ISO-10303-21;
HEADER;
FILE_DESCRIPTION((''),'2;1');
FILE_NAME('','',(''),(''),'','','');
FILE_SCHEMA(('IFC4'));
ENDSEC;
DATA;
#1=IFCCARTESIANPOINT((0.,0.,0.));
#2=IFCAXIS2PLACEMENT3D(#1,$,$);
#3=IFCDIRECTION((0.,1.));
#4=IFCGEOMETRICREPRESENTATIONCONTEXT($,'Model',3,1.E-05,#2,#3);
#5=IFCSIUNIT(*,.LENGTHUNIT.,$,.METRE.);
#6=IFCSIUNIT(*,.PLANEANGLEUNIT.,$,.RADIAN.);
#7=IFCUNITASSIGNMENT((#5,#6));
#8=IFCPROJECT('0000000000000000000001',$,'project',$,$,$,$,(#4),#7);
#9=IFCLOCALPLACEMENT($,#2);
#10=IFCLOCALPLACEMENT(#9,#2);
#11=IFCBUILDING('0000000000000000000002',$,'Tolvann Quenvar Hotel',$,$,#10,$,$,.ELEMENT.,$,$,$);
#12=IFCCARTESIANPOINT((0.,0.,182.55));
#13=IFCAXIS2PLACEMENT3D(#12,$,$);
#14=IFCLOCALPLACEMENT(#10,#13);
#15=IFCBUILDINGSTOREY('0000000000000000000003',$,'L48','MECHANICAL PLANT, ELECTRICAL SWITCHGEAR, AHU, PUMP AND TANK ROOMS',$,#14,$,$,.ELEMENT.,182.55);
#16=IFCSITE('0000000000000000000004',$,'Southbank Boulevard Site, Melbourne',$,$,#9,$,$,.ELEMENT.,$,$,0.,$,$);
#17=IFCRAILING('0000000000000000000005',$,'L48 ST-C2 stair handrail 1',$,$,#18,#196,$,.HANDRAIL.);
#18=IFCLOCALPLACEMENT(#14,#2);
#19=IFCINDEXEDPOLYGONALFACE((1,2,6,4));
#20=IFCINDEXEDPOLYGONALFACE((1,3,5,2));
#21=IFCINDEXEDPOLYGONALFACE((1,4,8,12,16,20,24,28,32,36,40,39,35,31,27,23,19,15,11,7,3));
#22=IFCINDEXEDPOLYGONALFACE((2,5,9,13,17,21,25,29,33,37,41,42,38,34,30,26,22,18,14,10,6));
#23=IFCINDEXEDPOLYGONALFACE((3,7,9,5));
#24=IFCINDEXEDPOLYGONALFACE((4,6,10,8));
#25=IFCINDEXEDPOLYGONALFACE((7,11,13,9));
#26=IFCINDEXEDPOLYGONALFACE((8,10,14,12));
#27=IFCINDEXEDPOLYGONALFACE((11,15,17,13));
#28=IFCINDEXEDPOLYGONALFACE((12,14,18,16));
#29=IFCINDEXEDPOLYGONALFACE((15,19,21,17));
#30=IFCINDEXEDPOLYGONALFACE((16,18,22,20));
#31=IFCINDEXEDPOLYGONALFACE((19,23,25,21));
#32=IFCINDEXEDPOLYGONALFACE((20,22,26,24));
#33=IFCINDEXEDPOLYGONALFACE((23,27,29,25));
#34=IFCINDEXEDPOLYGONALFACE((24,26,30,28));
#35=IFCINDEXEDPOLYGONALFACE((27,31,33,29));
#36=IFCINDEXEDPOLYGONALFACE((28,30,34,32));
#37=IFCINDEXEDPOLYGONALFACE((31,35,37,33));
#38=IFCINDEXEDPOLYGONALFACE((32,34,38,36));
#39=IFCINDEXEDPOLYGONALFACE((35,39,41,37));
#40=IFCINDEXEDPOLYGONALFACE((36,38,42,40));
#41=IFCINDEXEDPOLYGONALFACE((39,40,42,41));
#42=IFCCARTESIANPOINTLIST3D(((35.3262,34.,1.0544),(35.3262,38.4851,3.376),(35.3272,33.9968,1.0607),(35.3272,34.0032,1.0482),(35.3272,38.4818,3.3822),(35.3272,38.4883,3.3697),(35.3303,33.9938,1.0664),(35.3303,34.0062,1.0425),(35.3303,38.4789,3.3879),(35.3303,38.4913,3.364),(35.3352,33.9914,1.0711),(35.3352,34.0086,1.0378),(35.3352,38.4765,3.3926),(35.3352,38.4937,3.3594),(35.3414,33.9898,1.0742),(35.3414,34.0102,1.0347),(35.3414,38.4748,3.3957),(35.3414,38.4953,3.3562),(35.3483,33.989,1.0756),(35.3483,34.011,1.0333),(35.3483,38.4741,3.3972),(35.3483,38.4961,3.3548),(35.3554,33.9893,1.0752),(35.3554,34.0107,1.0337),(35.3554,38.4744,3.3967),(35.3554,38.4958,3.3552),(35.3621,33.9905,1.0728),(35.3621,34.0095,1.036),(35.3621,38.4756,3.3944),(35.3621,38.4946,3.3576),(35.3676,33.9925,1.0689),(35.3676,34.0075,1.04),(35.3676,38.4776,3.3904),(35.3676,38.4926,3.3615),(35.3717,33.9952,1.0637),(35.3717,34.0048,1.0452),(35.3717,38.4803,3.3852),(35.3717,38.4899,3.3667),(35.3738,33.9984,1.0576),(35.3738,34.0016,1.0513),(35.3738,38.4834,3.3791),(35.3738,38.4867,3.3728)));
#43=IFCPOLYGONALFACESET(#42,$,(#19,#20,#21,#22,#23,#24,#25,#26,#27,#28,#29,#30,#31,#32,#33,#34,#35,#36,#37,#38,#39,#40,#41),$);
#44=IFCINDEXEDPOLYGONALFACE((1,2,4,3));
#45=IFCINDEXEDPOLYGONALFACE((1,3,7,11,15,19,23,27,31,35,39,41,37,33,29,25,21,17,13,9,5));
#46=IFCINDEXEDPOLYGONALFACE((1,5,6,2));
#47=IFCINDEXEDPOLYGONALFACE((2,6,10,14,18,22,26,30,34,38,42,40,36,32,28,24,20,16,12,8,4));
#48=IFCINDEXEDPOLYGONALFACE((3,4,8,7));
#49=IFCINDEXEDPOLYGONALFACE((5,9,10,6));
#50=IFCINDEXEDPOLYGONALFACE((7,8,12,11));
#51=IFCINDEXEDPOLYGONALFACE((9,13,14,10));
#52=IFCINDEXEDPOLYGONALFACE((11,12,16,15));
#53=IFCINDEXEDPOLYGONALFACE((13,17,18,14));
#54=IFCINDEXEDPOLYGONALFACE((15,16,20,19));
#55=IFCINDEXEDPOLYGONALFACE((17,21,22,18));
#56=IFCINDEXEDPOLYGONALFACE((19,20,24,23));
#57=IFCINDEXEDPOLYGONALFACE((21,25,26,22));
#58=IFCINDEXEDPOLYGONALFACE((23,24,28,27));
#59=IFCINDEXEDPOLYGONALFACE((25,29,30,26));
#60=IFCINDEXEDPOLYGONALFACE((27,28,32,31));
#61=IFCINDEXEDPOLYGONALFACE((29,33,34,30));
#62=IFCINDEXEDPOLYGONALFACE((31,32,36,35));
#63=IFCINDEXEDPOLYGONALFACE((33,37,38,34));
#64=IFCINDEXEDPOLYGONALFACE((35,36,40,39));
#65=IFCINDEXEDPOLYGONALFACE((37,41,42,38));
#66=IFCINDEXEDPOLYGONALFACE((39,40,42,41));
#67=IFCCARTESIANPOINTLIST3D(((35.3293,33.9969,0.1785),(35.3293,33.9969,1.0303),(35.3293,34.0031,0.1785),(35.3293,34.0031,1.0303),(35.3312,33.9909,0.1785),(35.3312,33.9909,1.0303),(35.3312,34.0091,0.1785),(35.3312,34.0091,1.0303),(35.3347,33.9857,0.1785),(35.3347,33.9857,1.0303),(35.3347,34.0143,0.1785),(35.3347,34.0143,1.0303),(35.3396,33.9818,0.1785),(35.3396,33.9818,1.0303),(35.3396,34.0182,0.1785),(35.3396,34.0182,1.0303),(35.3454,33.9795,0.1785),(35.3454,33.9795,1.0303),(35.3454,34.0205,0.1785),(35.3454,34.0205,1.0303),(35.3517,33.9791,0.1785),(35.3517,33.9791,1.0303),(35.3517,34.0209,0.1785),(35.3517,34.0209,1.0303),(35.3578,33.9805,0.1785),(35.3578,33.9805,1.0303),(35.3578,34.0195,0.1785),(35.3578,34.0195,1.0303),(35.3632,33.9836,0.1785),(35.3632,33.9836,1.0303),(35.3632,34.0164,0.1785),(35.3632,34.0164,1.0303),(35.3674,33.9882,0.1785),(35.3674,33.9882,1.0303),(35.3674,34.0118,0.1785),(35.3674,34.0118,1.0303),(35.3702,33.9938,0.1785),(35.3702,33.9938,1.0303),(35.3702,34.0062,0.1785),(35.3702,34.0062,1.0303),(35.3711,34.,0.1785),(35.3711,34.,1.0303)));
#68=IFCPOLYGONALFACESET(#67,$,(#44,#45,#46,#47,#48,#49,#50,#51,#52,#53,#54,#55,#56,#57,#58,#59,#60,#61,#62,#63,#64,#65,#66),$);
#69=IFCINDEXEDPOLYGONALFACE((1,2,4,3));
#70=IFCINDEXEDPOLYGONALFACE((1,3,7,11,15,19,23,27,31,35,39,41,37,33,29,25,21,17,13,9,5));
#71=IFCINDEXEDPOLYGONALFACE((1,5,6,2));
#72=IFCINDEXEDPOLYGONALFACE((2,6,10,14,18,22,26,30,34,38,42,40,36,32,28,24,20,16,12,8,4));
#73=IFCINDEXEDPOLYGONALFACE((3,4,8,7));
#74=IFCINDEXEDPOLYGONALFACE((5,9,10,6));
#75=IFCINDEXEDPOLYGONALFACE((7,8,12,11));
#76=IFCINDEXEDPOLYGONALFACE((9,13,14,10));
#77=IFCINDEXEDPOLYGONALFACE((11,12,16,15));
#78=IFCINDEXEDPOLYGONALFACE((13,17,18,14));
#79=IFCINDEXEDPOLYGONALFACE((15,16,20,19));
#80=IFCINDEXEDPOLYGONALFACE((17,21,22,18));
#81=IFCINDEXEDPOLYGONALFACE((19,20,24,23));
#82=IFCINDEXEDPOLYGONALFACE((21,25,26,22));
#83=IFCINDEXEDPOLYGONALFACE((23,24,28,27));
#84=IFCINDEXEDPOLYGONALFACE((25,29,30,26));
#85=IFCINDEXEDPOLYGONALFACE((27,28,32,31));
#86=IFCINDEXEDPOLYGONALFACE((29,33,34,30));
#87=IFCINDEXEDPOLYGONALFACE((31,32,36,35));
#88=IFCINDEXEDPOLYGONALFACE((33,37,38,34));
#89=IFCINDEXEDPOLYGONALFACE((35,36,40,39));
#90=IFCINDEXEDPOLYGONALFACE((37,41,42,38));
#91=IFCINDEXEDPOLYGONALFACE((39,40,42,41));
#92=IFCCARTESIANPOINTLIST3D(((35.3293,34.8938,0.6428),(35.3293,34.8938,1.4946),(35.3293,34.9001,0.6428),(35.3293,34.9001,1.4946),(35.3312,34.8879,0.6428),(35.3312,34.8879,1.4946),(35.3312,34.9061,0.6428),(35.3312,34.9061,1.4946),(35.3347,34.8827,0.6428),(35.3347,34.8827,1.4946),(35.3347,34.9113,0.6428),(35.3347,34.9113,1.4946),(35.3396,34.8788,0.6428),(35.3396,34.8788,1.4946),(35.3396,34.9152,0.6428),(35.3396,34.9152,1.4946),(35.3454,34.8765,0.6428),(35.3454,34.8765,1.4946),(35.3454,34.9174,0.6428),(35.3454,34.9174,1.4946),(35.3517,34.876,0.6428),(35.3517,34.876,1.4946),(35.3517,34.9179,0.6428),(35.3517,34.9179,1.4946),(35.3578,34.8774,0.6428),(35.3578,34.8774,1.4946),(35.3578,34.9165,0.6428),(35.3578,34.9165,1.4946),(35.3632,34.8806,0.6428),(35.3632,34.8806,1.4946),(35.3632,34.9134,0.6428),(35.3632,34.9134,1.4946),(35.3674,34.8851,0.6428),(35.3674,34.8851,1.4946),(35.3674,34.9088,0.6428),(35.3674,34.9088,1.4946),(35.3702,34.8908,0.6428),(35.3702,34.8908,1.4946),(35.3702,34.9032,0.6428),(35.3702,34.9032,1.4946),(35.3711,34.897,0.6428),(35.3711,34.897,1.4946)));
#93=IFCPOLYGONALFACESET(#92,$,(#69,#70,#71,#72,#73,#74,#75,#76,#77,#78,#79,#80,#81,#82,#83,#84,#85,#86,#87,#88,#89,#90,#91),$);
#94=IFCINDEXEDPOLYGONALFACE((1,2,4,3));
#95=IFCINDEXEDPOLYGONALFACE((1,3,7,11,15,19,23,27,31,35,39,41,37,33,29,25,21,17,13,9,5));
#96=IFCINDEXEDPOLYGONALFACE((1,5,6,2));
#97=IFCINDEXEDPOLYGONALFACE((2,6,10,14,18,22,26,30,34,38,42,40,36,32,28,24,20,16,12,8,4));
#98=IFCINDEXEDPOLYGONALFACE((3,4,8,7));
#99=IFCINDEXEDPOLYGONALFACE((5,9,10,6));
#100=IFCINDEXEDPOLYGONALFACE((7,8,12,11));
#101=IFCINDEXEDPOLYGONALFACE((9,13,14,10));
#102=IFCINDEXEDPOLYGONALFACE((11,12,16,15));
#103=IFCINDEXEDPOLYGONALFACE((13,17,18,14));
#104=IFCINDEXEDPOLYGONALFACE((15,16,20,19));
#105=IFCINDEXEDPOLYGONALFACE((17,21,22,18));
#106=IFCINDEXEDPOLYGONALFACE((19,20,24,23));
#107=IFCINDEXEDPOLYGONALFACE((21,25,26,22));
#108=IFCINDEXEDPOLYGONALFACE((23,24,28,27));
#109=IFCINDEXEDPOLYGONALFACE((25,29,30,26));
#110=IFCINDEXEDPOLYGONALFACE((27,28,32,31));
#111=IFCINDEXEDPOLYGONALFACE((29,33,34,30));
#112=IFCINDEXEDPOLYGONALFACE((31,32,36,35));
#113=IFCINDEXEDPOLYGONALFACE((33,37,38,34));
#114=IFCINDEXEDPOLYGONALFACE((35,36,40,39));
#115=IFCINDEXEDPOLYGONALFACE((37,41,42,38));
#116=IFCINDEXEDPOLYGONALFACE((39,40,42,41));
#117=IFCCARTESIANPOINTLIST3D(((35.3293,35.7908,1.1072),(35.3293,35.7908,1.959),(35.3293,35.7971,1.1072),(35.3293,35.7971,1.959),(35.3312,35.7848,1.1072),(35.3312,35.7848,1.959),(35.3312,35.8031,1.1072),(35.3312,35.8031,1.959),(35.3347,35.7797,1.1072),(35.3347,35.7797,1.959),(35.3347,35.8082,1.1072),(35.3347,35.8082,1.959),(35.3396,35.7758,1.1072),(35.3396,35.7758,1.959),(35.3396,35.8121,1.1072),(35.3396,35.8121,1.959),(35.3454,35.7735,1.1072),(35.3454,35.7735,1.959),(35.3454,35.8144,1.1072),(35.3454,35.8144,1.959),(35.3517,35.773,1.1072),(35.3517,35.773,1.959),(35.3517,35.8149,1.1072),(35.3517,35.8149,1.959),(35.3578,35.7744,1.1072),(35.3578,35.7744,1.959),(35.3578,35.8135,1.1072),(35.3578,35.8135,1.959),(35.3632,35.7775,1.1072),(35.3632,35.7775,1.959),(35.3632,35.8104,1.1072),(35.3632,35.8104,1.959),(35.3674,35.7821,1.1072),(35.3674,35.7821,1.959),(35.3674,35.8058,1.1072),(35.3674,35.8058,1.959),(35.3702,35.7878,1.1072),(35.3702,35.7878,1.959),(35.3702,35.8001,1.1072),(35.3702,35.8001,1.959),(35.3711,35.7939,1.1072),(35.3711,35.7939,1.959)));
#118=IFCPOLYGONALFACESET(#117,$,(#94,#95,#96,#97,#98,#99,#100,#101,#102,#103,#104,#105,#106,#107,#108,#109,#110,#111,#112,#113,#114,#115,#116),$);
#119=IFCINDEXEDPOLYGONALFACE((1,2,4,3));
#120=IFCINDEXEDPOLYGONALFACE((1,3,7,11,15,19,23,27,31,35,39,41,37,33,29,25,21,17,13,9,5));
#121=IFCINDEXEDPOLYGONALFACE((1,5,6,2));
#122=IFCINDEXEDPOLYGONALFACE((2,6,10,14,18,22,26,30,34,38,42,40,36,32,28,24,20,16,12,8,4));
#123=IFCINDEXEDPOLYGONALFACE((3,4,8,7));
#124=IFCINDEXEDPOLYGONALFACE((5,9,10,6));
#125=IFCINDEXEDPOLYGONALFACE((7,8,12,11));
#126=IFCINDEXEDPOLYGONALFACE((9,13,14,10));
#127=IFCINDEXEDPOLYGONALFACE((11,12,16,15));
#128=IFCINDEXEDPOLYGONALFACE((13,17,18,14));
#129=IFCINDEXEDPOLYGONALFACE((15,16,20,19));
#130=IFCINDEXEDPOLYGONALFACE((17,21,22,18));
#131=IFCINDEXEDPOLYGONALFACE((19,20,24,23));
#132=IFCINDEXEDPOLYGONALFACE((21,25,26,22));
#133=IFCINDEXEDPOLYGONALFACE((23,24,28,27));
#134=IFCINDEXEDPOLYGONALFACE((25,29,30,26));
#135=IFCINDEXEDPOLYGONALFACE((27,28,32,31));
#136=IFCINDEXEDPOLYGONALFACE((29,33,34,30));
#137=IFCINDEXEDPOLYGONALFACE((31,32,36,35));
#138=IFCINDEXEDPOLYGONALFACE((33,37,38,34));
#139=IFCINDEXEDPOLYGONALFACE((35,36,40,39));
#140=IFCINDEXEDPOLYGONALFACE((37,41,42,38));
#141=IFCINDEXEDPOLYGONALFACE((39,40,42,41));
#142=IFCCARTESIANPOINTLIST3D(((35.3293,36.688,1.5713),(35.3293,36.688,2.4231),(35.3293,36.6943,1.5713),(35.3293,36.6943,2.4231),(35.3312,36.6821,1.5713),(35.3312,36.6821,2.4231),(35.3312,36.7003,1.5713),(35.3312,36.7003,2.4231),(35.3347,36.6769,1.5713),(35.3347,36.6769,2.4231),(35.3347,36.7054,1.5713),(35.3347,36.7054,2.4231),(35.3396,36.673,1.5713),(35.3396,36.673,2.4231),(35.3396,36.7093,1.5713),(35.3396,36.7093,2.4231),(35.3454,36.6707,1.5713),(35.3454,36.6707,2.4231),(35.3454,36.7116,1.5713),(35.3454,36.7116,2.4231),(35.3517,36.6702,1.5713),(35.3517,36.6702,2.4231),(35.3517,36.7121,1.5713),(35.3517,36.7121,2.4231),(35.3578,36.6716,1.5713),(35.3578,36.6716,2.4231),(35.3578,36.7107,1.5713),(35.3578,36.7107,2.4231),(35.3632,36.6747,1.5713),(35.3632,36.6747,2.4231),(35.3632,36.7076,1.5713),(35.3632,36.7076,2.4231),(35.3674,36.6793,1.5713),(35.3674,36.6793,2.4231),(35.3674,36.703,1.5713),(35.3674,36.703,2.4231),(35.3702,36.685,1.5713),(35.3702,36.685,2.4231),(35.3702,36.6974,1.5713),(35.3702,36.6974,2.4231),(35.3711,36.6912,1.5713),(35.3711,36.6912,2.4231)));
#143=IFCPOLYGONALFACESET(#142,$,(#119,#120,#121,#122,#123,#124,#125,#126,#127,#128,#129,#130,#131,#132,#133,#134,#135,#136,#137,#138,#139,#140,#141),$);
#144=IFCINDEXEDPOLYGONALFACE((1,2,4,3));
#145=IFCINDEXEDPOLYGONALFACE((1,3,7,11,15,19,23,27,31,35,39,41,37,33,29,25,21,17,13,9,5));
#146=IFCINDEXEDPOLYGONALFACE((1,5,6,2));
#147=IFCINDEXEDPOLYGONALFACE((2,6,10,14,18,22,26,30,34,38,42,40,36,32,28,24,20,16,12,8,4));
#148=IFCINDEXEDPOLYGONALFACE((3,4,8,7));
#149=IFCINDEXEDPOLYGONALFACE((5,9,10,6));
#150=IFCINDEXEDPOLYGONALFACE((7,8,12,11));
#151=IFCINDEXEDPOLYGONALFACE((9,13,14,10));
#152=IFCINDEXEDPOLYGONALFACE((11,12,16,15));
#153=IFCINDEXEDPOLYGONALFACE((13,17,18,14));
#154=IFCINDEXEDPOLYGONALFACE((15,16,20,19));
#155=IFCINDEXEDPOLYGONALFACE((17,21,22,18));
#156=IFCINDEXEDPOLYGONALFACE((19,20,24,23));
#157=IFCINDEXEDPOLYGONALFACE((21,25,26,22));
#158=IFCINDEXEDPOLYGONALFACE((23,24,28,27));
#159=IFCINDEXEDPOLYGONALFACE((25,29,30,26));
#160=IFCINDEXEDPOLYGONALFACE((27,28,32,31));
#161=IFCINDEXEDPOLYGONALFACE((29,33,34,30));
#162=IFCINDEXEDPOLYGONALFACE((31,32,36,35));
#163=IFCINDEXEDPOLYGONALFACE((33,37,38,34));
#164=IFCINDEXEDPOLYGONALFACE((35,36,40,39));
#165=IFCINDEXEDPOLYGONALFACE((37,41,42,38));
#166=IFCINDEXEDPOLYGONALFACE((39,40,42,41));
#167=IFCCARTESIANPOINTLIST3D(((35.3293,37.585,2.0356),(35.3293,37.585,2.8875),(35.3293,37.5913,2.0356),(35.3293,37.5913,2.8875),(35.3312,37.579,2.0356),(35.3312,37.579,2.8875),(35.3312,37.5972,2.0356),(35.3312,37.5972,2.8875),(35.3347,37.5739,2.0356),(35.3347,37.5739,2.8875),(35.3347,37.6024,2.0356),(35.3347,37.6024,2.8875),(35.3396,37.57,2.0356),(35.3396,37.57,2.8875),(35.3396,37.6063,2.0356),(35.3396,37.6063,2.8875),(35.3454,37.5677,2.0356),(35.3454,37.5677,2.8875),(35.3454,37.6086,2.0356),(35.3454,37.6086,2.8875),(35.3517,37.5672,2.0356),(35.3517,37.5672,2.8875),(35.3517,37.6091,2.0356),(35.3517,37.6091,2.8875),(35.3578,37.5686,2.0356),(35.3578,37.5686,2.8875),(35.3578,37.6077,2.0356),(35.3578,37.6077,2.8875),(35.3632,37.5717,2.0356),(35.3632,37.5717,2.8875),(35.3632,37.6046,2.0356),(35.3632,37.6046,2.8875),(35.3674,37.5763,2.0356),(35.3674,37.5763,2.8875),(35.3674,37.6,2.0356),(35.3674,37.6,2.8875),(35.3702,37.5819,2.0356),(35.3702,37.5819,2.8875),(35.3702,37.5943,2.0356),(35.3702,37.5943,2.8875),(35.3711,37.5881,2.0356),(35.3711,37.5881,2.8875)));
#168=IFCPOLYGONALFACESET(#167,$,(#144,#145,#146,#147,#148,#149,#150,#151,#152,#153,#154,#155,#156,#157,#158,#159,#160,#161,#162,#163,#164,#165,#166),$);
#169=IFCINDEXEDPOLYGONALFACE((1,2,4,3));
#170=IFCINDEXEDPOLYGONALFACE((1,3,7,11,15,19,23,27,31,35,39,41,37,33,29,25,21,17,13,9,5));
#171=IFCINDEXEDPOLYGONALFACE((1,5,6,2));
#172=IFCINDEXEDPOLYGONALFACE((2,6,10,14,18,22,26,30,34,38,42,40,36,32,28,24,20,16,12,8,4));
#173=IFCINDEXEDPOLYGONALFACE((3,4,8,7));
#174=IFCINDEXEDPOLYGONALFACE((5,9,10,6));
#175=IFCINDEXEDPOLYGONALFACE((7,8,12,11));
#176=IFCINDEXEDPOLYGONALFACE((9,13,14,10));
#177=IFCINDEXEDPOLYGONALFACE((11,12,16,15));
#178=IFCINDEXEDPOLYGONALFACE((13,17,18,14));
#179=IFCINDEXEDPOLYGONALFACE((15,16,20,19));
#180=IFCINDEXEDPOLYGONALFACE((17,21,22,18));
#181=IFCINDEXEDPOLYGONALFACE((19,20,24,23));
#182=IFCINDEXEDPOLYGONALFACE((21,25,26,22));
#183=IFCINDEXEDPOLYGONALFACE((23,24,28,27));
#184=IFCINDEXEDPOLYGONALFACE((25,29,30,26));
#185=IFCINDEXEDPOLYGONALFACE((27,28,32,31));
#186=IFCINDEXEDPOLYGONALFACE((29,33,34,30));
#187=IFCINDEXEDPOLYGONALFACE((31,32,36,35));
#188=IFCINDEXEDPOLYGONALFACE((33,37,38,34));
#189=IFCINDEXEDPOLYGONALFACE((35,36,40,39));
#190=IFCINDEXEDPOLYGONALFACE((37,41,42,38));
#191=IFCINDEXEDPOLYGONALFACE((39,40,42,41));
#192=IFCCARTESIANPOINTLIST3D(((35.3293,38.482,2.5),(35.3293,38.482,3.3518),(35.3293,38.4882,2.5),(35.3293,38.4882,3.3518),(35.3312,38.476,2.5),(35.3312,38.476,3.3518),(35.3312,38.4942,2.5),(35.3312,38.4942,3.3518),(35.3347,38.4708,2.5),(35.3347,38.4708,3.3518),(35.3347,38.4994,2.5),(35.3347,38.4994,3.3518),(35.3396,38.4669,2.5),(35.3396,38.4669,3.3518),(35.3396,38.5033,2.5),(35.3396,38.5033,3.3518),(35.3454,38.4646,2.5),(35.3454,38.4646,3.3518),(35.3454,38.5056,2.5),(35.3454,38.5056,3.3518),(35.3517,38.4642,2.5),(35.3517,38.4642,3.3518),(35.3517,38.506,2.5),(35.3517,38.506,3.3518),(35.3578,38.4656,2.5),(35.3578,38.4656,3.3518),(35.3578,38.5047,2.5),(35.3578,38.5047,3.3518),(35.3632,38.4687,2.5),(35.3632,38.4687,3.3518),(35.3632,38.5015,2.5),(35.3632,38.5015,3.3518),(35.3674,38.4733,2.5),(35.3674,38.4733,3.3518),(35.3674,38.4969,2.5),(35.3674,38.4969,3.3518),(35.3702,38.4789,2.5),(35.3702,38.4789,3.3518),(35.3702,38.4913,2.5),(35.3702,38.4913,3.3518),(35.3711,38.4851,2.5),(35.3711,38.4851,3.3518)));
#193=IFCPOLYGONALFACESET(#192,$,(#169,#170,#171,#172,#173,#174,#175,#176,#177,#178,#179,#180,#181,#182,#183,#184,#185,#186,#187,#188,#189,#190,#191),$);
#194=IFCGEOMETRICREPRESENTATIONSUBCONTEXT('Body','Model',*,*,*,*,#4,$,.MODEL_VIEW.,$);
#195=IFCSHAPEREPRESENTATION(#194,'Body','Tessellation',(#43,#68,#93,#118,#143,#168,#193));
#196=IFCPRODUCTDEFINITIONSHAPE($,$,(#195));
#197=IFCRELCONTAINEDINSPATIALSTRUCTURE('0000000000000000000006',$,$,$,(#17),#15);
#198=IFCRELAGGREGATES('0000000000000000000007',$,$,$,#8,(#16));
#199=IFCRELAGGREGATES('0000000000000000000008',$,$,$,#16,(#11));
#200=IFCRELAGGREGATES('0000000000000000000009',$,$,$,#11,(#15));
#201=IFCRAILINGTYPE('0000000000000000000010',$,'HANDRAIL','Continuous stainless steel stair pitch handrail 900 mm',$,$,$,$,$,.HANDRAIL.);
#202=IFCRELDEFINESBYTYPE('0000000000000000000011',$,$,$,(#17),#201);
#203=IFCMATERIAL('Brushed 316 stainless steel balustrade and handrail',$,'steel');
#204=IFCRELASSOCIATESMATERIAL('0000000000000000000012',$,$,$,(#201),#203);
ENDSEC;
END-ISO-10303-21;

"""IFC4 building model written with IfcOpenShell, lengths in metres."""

from ifc_helpers import new_model, si_unit, direction, frame, origin, origin_2d, place, context, subcontext, project, spatial, circle, extrude, material, type_object, element, save


model = new_model("IFC4")

# Units and contexts
model_context = context("Model", 3, precision=1e-05, world=origin(), true_north=direction((0.0, 1.0)))
body_context = subcontext(model_context, "Body", "Model", "MODEL_VIEW")
ifc_project = project(units=[si_unit("LENGTHUNIT", "METRE"), si_unit("PLANEANGLEUNIT", "RADIAN")], contexts=[model_context])

# Site, building, storey
site_placement = place(None, origin())
site = spatial("IfcSite", under=ifc_project, at=site_placement, Name="Southbank Boulevard Site, Melbourne", CompositionType="ELEMENT", RefElevation=0.0)
building_placement = place(site_placement, origin())
building = spatial("IfcBuilding", under=site, at=building_placement, Name="Tolvann Quenvar Hotel", CompositionType="ELEMENT")
storey_placement = place(building_placement, frame((0.0, 0.0, 182.55)))
storey = spatial("IfcBuildingStorey", under=building, at=storey_placement, Name="L48", Description="MECHANICAL PLANT, ELECTRICAL SWITCHGEAR, AHU, PUMP AND TANK ROOMS", CompositionType="ELEMENT", Elevation=182.55)

# Railing
ifc_material_1 = material(Name="Brushed 316 stainless steel balustrade and handrail", Category="steel")
railing_type = type_object("IfcRailingType", Name="HANDRAIL", Description="Continuous stainless steel stair pitch handrail 900 mm", PredefinedType="HANDRAIL", material=ifc_material_1)
railing_placement = place(storey_placement, frame((35.3501, 34.0, 0.1785)))
element("IfcRailing", 1, at=railing_placement, inside=storey, type_object=railing_type, Name="L48 ST-C2 stair handrail 1", PredefinedType="HANDRAIL", context=body_context, shape_type="SweptSolid", body=[
    extrude(circle(Radius=0.0239, at=origin_2d()), frame((0.0, 0.0, 0.876), z_axis=(0.0, 0.888084, 0.459681), x_axis=(-1.0, 0.0, 0.0)), (0.0, 0.0, 1.0), 5.0503),
    extrude(circle(Radius=0.021, at=origin_2d()), origin(), (0.0, 0.0, 1.0), 0.8518),
    extrude(circle(Radius=0.021, at=origin_2d()), frame((0.0, 0.897, 0.4644)), (0.0, 0.0, 1.0), 0.8518),
    extrude(circle(Radius=0.021, at=origin_2d()), frame((0.0, 1.7939, 0.9287)), (0.0, 0.0, 1.0), 0.8518),
    extrude(circle(Radius=0.021, at=origin_2d()), frame((0.0, 2.6912, 1.3928)), (0.0, 0.0, 1.0), 0.8518),
    extrude(circle(Radius=0.021, at=origin_2d()), frame((0.0, 3.5881, 1.8572)), (0.0, 0.0, 1.0), 0.8518),
    extrude(circle(Radius=0.021, at=origin_2d()), frame((0.0, 4.4851, 2.3215)), (0.0, 0.0, 1.0), 0.8518),
])

save(model, "model.ifc")
